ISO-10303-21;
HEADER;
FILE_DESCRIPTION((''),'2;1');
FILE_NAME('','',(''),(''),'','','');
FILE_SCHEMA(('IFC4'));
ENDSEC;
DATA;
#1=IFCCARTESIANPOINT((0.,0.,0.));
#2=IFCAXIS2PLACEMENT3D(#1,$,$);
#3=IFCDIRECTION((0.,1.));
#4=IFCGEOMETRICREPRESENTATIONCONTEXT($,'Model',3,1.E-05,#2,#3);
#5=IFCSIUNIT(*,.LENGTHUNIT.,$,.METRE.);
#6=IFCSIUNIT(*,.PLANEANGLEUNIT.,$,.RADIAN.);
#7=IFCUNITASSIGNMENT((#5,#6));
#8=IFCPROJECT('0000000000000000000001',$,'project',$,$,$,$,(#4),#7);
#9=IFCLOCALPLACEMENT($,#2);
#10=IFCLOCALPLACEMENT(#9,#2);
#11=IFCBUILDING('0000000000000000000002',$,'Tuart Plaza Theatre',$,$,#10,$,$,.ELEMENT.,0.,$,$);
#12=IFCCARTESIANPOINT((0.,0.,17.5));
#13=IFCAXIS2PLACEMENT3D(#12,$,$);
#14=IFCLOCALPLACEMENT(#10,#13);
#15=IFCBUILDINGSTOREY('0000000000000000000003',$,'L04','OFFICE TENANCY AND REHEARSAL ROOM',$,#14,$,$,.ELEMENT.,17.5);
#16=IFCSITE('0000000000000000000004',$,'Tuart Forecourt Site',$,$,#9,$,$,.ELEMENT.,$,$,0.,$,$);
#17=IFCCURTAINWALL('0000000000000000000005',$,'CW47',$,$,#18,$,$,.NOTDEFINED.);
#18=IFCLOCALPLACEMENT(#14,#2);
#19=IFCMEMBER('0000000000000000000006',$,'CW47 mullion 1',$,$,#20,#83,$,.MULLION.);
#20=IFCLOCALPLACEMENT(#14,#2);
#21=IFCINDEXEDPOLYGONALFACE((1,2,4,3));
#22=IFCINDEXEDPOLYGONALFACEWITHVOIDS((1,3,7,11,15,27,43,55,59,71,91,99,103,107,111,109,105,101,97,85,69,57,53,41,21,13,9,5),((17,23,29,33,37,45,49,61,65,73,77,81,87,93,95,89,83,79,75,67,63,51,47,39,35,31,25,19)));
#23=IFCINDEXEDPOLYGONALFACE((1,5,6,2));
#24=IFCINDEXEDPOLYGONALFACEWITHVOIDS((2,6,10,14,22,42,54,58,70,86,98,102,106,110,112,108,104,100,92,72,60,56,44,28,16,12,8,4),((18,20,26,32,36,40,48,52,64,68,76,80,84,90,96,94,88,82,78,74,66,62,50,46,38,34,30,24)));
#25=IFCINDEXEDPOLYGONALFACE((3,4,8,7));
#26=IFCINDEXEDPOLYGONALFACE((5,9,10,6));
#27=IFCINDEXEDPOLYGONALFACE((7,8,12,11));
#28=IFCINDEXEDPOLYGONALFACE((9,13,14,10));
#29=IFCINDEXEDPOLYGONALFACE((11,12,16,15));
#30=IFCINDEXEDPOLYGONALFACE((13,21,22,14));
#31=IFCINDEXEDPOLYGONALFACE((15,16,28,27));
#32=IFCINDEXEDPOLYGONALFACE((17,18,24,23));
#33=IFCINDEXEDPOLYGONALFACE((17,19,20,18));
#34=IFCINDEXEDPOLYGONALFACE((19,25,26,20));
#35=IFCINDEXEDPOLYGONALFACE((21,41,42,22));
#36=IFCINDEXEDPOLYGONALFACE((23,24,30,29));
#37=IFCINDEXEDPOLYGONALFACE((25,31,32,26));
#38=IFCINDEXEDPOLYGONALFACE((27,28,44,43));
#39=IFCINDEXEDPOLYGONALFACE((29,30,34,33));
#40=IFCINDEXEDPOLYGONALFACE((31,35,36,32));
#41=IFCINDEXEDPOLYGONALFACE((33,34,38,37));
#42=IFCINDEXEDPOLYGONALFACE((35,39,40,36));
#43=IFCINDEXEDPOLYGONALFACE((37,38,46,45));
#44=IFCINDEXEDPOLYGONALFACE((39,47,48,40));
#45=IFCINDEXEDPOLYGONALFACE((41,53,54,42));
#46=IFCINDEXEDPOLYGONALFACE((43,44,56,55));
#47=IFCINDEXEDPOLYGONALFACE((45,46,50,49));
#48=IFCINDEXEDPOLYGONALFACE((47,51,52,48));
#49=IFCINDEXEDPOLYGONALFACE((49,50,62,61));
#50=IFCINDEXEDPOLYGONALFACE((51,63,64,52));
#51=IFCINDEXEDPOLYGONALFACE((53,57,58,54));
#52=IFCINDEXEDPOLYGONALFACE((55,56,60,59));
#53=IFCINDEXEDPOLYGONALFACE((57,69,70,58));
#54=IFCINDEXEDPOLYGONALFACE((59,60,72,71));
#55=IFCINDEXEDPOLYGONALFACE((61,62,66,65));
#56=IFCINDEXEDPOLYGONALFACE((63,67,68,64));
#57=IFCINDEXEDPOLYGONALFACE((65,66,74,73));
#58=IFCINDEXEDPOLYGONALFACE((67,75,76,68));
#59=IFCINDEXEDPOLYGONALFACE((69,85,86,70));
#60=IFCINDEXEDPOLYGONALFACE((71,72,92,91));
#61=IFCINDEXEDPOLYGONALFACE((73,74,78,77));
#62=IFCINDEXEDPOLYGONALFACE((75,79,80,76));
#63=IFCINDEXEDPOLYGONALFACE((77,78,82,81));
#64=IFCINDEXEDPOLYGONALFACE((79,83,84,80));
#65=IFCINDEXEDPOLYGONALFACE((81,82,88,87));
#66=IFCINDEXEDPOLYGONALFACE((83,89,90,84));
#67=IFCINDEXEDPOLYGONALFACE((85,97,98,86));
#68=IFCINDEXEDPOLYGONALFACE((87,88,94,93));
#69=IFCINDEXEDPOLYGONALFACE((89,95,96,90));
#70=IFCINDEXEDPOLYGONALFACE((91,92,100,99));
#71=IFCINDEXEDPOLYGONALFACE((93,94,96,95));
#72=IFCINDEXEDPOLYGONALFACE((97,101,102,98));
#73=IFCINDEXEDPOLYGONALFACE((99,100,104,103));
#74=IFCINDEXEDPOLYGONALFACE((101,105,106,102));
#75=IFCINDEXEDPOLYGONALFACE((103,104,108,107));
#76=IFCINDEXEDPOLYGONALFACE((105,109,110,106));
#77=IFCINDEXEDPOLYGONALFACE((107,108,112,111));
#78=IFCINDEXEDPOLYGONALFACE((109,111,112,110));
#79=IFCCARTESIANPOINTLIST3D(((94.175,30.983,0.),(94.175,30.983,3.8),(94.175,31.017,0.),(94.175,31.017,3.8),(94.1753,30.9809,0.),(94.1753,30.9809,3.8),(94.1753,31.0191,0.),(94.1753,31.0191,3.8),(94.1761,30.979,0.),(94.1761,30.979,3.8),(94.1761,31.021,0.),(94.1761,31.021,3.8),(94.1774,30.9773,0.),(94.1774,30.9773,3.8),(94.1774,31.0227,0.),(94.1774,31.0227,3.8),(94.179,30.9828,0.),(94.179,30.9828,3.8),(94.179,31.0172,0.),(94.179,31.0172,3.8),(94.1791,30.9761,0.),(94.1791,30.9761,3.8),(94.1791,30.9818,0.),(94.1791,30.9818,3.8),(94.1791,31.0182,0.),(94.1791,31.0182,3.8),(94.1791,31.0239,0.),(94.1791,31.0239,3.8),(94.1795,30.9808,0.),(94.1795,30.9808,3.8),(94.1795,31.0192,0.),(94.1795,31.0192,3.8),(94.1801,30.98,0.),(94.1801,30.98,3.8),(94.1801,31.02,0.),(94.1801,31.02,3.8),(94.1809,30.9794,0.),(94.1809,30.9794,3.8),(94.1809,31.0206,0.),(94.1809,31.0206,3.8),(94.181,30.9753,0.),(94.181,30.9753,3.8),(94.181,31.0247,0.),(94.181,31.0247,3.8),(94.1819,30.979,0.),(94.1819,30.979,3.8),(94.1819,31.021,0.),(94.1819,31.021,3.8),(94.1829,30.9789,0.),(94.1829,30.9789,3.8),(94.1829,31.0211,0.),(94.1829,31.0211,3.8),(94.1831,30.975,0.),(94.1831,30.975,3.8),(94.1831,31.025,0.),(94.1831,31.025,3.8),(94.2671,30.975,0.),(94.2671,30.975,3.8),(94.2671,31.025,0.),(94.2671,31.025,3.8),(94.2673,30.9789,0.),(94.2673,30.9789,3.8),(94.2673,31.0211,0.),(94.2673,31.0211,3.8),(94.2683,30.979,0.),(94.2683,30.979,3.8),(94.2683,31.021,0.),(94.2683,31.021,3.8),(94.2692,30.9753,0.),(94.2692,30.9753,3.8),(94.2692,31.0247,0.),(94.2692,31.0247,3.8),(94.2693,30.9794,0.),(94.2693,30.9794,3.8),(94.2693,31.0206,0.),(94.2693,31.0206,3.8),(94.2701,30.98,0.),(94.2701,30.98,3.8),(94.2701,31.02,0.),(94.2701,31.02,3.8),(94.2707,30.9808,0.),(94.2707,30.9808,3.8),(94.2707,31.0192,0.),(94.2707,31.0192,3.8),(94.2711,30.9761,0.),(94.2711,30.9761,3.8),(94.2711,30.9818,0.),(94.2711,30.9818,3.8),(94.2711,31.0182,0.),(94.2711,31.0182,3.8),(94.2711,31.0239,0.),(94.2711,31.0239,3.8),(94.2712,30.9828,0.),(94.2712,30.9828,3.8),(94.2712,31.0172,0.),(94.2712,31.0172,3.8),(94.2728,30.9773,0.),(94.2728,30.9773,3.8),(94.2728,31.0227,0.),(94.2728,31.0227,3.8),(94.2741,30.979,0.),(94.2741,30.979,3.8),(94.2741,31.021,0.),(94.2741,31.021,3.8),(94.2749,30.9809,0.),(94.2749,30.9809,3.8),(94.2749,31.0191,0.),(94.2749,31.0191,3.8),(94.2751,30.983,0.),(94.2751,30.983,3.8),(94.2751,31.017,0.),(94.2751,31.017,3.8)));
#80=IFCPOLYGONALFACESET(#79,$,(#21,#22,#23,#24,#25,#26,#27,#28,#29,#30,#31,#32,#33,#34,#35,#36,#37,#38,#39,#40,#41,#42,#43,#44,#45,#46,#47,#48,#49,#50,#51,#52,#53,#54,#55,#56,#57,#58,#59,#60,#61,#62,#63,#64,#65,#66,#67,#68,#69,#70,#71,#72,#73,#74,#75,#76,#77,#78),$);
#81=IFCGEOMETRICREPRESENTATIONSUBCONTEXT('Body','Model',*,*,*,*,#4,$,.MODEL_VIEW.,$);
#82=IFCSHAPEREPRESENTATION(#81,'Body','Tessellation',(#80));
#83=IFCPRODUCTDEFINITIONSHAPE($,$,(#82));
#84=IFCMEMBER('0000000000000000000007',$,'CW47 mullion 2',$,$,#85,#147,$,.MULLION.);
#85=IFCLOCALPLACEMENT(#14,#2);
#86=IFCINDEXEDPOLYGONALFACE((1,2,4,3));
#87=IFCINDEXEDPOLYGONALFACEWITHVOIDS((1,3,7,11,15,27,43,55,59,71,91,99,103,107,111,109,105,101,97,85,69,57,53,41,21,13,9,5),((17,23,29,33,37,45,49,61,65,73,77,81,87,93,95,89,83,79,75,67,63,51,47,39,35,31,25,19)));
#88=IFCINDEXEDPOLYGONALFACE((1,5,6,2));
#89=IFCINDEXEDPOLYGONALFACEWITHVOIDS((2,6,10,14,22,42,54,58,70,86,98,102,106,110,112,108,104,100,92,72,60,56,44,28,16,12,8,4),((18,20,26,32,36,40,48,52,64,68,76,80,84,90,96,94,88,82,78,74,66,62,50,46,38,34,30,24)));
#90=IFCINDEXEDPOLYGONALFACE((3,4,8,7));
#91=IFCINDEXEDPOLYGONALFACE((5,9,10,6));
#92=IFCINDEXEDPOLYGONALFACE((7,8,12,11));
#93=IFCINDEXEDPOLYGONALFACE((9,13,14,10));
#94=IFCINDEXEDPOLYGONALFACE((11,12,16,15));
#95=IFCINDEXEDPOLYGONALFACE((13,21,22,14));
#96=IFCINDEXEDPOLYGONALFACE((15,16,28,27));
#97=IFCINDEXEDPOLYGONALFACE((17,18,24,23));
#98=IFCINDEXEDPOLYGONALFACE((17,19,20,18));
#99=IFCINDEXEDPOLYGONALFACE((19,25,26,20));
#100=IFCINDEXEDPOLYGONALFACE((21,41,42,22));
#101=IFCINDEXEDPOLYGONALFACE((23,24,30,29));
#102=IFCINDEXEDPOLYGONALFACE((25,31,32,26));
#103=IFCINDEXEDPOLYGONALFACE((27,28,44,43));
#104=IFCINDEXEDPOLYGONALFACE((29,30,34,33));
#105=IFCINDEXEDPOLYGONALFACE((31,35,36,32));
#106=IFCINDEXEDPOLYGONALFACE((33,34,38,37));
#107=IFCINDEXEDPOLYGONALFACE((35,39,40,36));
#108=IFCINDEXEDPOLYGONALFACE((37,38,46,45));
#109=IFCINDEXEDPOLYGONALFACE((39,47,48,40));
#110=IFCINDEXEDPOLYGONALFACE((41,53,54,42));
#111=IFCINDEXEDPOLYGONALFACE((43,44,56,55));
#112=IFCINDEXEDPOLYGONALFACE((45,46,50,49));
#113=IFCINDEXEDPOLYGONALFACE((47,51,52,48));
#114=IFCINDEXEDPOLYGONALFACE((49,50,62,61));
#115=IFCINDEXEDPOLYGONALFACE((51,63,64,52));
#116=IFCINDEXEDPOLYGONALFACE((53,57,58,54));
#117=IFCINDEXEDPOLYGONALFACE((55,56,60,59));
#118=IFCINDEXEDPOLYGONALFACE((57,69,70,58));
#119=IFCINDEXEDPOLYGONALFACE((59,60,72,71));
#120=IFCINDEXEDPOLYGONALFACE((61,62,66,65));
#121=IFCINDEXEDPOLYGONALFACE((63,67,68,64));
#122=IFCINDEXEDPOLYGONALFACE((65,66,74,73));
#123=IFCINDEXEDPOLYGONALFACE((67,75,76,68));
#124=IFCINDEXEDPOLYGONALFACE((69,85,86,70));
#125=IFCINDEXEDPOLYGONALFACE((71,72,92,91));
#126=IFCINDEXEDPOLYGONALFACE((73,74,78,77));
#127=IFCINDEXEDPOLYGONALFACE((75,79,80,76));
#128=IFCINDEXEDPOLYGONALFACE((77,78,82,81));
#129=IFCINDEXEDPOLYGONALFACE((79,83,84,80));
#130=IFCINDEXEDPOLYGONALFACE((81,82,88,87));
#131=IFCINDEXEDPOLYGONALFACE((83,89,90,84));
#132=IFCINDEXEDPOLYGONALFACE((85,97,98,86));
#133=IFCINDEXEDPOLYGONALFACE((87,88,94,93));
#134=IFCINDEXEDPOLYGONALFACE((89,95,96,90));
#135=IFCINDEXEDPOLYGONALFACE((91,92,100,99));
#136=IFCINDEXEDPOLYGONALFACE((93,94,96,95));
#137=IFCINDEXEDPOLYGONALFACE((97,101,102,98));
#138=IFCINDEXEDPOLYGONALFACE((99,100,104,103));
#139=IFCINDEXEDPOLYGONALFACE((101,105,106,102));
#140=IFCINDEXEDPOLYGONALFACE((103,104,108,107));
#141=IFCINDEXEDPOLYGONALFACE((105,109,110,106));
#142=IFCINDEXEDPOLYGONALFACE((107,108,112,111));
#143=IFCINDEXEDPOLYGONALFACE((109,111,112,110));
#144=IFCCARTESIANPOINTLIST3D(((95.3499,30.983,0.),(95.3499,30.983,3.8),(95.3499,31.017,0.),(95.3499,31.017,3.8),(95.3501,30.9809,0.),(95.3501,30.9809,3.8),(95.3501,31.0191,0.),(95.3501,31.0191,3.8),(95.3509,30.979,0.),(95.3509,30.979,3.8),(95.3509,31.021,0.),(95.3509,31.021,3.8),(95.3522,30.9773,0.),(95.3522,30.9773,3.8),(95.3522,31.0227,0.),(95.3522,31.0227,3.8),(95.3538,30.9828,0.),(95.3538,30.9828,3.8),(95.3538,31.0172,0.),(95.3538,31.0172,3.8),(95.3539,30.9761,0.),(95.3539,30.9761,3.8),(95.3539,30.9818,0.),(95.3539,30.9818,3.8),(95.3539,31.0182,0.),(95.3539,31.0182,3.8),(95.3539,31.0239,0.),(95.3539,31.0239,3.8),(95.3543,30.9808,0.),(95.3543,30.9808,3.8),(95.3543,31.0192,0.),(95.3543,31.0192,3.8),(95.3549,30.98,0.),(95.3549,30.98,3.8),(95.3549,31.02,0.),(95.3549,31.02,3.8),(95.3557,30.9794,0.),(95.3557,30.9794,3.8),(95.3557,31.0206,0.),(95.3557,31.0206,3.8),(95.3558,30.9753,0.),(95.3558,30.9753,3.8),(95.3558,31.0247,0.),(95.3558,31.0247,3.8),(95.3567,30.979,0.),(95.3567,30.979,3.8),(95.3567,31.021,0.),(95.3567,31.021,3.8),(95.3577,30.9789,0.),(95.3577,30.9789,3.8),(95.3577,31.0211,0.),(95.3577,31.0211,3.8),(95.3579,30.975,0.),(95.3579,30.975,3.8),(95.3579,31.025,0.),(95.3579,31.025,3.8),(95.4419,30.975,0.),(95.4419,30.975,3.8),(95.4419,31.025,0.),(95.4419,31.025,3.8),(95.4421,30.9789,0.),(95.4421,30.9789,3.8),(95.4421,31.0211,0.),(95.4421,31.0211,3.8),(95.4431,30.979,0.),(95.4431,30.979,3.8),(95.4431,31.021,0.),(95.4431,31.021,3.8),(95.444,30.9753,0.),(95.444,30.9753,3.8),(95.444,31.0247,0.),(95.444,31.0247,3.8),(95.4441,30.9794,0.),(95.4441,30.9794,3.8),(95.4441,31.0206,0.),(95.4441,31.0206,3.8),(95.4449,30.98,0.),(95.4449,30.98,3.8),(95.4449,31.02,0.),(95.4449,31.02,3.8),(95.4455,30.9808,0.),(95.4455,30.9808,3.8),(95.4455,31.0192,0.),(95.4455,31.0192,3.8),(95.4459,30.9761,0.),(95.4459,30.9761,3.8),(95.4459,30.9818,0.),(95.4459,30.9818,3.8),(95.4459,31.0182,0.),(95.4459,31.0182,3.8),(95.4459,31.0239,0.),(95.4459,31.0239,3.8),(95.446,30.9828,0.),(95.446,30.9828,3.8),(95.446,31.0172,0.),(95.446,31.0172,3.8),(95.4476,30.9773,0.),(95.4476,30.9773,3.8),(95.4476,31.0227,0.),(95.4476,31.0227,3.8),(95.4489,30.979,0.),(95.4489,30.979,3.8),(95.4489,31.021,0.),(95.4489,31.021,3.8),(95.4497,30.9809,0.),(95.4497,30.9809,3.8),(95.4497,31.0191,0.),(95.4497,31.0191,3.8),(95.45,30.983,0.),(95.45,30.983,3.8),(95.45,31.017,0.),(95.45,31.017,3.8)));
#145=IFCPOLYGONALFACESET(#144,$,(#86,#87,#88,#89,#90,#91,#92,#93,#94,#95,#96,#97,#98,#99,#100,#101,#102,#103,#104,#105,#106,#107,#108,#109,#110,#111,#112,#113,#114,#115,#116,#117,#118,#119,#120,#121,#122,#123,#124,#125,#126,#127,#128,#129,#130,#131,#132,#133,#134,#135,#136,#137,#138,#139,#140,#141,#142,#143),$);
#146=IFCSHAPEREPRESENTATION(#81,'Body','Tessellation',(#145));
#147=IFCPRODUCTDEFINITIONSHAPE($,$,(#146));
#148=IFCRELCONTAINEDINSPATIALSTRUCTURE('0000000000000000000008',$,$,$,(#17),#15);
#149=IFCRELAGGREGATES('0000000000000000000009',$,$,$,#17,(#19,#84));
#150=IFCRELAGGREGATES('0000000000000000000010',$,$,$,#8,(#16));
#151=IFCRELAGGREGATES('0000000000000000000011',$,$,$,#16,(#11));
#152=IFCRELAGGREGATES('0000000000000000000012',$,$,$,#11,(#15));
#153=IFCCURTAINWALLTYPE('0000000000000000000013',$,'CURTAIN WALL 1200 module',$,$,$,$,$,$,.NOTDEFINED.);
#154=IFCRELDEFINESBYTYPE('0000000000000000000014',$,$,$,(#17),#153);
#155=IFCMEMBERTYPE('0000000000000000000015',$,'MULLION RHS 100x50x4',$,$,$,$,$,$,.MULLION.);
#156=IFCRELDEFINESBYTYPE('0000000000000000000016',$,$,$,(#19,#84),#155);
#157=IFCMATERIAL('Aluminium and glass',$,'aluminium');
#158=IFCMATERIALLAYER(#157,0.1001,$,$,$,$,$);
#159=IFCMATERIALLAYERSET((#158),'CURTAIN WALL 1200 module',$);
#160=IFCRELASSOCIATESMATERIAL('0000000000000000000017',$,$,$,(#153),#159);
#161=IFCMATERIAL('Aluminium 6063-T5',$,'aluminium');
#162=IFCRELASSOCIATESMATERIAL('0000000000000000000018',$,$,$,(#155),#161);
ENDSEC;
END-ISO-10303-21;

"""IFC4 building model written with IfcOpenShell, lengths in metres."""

from ifc_helpers import new_model, si_unit, direction, frame, origin, origin_2d, place, context, subcontext, project, spatial, hollow_rectangle, extrude, material, layer, layer_set, material_profile, profile_set, type_object, element, aggregate, save


model = new_model("IFC4")

# Units and contexts
model_context = context("Model", 3, precision=1e-05, world=origin(), true_north=direction((0.0, 1.0)))
body_context = subcontext(model_context, "Body", "Model", "MODEL_VIEW")
ifc_project = project(units=[si_unit("LENGTHUNIT", "METRE"), si_unit("PLANEANGLEUNIT", "RADIAN")], contexts=[model_context])

# Site, building, storey
site_placement = place(None, origin())
site = spatial("IfcSite", under=ifc_project, at=site_placement, Name="Tuart Forecourt Site", CompositionType="ELEMENT", RefElevation=0.0)
building_placement = place(site_placement, origin())
building = spatial("IfcBuilding", under=site, at=building_placement, Name="Tuart Plaza Theatre", CompositionType="ELEMENT", ElevationOfRefHeight=0.0)
storey_placement = place(building_placement, frame((0.0, 0.0, 17.5)))
storey = spatial("IfcBuildingStorey", under=building, at=storey_placement, Name="L04", Description="OFFICE TENANCY AND REHEARSAL ROOM", CompositionType="ELEMENT", Elevation=17.5)

# Curtain wall, members
ifc_material_1 = material(Name="Aluminium and glass", Category="aluminium")
ifc_layer_1 = layer(ifc_material_1, 0.1001)
ifc_layer_set_1 = layer_set([ifc_layer_1], Name="CURTAIN WALL 1200 module")
curtain_wall_type = type_object("IfcCurtainWallType", Name="CURTAIN WALL 1200 module", PredefinedType="NOTDEFINED", material=ifc_layer_set_1)
curtain_wall_placement = place(storey_placement, origin())
curtain_wall = element("IfcCurtainWall", 1, at=curtain_wall_placement, inside=storey, type_object=curtain_wall_type, Name="CW47", PredefinedType="NOTDEFINED")
ifc_material_2 = material(Name="Aluminium 6063-T5", Category="aluminium")
ifc_material_profile_1 = material_profile(ifc_material_2, hollow_rectangle(XDim=0.05, YDim=0.1001, WallThickness=0.0039, InnerFilletRadius=0.0039, OuterFilletRadius=0.0081, at=origin_2d()), Name="RHS 100x50x4")
ifc_profile_set_1 = profile_set([ifc_material_profile_1], Name="Aluminium 6063-T5")
member_type_1 = type_object("IfcMemberType", Name="MULLION RHS 100x50x4", PredefinedType="MULLION", material=ifc_profile_set_1)
member_1_placement = place(storey_placement, frame((94.2251, 31.0, 0.0), z_axis=(0.0, 0.0, 1.0), x_axis=(0.0, 1.0, 0.0)))
member_1 = element("IfcMember", 2, at=member_1_placement, type_object=member_type_1, Name="CW47 mullion 1", PredefinedType="MULLION", context=body_context, shape_type="SweptSolid", body=[
    extrude(hollow_rectangle(XDim=0.05, YDim=0.1001, WallThickness=0.0039, InnerFilletRadius=0.0039, OuterFilletRadius=0.0081, at=origin_2d()), origin(), (0.0, 0.0, 1.0), 3.8),
])
member_2_placement = place(storey_placement, frame((95.3999, 31.0, 0.0), z_axis=(0.0, 0.0, 1.0), x_axis=(0.0, 1.0, 0.0)))
member_2 = element("IfcMember", 3, at=member_2_placement, type_object=member_type_1, Name="CW47 mullion 2", PredefinedType="MULLION", context=body_context, shape_type="SweptSolid", body=[
    extrude(hollow_rectangle(XDim=0.05, YDim=0.1001, WallThickness=0.0039, InnerFilletRadius=0.0039, OuterFilletRadius=0.0081, at=origin_2d()), origin(), (0.0, 0.0, 1.0), 3.8),
])
aggregate(curtain_wall, [member_1, member_2])

save(model, "model.ifc")
